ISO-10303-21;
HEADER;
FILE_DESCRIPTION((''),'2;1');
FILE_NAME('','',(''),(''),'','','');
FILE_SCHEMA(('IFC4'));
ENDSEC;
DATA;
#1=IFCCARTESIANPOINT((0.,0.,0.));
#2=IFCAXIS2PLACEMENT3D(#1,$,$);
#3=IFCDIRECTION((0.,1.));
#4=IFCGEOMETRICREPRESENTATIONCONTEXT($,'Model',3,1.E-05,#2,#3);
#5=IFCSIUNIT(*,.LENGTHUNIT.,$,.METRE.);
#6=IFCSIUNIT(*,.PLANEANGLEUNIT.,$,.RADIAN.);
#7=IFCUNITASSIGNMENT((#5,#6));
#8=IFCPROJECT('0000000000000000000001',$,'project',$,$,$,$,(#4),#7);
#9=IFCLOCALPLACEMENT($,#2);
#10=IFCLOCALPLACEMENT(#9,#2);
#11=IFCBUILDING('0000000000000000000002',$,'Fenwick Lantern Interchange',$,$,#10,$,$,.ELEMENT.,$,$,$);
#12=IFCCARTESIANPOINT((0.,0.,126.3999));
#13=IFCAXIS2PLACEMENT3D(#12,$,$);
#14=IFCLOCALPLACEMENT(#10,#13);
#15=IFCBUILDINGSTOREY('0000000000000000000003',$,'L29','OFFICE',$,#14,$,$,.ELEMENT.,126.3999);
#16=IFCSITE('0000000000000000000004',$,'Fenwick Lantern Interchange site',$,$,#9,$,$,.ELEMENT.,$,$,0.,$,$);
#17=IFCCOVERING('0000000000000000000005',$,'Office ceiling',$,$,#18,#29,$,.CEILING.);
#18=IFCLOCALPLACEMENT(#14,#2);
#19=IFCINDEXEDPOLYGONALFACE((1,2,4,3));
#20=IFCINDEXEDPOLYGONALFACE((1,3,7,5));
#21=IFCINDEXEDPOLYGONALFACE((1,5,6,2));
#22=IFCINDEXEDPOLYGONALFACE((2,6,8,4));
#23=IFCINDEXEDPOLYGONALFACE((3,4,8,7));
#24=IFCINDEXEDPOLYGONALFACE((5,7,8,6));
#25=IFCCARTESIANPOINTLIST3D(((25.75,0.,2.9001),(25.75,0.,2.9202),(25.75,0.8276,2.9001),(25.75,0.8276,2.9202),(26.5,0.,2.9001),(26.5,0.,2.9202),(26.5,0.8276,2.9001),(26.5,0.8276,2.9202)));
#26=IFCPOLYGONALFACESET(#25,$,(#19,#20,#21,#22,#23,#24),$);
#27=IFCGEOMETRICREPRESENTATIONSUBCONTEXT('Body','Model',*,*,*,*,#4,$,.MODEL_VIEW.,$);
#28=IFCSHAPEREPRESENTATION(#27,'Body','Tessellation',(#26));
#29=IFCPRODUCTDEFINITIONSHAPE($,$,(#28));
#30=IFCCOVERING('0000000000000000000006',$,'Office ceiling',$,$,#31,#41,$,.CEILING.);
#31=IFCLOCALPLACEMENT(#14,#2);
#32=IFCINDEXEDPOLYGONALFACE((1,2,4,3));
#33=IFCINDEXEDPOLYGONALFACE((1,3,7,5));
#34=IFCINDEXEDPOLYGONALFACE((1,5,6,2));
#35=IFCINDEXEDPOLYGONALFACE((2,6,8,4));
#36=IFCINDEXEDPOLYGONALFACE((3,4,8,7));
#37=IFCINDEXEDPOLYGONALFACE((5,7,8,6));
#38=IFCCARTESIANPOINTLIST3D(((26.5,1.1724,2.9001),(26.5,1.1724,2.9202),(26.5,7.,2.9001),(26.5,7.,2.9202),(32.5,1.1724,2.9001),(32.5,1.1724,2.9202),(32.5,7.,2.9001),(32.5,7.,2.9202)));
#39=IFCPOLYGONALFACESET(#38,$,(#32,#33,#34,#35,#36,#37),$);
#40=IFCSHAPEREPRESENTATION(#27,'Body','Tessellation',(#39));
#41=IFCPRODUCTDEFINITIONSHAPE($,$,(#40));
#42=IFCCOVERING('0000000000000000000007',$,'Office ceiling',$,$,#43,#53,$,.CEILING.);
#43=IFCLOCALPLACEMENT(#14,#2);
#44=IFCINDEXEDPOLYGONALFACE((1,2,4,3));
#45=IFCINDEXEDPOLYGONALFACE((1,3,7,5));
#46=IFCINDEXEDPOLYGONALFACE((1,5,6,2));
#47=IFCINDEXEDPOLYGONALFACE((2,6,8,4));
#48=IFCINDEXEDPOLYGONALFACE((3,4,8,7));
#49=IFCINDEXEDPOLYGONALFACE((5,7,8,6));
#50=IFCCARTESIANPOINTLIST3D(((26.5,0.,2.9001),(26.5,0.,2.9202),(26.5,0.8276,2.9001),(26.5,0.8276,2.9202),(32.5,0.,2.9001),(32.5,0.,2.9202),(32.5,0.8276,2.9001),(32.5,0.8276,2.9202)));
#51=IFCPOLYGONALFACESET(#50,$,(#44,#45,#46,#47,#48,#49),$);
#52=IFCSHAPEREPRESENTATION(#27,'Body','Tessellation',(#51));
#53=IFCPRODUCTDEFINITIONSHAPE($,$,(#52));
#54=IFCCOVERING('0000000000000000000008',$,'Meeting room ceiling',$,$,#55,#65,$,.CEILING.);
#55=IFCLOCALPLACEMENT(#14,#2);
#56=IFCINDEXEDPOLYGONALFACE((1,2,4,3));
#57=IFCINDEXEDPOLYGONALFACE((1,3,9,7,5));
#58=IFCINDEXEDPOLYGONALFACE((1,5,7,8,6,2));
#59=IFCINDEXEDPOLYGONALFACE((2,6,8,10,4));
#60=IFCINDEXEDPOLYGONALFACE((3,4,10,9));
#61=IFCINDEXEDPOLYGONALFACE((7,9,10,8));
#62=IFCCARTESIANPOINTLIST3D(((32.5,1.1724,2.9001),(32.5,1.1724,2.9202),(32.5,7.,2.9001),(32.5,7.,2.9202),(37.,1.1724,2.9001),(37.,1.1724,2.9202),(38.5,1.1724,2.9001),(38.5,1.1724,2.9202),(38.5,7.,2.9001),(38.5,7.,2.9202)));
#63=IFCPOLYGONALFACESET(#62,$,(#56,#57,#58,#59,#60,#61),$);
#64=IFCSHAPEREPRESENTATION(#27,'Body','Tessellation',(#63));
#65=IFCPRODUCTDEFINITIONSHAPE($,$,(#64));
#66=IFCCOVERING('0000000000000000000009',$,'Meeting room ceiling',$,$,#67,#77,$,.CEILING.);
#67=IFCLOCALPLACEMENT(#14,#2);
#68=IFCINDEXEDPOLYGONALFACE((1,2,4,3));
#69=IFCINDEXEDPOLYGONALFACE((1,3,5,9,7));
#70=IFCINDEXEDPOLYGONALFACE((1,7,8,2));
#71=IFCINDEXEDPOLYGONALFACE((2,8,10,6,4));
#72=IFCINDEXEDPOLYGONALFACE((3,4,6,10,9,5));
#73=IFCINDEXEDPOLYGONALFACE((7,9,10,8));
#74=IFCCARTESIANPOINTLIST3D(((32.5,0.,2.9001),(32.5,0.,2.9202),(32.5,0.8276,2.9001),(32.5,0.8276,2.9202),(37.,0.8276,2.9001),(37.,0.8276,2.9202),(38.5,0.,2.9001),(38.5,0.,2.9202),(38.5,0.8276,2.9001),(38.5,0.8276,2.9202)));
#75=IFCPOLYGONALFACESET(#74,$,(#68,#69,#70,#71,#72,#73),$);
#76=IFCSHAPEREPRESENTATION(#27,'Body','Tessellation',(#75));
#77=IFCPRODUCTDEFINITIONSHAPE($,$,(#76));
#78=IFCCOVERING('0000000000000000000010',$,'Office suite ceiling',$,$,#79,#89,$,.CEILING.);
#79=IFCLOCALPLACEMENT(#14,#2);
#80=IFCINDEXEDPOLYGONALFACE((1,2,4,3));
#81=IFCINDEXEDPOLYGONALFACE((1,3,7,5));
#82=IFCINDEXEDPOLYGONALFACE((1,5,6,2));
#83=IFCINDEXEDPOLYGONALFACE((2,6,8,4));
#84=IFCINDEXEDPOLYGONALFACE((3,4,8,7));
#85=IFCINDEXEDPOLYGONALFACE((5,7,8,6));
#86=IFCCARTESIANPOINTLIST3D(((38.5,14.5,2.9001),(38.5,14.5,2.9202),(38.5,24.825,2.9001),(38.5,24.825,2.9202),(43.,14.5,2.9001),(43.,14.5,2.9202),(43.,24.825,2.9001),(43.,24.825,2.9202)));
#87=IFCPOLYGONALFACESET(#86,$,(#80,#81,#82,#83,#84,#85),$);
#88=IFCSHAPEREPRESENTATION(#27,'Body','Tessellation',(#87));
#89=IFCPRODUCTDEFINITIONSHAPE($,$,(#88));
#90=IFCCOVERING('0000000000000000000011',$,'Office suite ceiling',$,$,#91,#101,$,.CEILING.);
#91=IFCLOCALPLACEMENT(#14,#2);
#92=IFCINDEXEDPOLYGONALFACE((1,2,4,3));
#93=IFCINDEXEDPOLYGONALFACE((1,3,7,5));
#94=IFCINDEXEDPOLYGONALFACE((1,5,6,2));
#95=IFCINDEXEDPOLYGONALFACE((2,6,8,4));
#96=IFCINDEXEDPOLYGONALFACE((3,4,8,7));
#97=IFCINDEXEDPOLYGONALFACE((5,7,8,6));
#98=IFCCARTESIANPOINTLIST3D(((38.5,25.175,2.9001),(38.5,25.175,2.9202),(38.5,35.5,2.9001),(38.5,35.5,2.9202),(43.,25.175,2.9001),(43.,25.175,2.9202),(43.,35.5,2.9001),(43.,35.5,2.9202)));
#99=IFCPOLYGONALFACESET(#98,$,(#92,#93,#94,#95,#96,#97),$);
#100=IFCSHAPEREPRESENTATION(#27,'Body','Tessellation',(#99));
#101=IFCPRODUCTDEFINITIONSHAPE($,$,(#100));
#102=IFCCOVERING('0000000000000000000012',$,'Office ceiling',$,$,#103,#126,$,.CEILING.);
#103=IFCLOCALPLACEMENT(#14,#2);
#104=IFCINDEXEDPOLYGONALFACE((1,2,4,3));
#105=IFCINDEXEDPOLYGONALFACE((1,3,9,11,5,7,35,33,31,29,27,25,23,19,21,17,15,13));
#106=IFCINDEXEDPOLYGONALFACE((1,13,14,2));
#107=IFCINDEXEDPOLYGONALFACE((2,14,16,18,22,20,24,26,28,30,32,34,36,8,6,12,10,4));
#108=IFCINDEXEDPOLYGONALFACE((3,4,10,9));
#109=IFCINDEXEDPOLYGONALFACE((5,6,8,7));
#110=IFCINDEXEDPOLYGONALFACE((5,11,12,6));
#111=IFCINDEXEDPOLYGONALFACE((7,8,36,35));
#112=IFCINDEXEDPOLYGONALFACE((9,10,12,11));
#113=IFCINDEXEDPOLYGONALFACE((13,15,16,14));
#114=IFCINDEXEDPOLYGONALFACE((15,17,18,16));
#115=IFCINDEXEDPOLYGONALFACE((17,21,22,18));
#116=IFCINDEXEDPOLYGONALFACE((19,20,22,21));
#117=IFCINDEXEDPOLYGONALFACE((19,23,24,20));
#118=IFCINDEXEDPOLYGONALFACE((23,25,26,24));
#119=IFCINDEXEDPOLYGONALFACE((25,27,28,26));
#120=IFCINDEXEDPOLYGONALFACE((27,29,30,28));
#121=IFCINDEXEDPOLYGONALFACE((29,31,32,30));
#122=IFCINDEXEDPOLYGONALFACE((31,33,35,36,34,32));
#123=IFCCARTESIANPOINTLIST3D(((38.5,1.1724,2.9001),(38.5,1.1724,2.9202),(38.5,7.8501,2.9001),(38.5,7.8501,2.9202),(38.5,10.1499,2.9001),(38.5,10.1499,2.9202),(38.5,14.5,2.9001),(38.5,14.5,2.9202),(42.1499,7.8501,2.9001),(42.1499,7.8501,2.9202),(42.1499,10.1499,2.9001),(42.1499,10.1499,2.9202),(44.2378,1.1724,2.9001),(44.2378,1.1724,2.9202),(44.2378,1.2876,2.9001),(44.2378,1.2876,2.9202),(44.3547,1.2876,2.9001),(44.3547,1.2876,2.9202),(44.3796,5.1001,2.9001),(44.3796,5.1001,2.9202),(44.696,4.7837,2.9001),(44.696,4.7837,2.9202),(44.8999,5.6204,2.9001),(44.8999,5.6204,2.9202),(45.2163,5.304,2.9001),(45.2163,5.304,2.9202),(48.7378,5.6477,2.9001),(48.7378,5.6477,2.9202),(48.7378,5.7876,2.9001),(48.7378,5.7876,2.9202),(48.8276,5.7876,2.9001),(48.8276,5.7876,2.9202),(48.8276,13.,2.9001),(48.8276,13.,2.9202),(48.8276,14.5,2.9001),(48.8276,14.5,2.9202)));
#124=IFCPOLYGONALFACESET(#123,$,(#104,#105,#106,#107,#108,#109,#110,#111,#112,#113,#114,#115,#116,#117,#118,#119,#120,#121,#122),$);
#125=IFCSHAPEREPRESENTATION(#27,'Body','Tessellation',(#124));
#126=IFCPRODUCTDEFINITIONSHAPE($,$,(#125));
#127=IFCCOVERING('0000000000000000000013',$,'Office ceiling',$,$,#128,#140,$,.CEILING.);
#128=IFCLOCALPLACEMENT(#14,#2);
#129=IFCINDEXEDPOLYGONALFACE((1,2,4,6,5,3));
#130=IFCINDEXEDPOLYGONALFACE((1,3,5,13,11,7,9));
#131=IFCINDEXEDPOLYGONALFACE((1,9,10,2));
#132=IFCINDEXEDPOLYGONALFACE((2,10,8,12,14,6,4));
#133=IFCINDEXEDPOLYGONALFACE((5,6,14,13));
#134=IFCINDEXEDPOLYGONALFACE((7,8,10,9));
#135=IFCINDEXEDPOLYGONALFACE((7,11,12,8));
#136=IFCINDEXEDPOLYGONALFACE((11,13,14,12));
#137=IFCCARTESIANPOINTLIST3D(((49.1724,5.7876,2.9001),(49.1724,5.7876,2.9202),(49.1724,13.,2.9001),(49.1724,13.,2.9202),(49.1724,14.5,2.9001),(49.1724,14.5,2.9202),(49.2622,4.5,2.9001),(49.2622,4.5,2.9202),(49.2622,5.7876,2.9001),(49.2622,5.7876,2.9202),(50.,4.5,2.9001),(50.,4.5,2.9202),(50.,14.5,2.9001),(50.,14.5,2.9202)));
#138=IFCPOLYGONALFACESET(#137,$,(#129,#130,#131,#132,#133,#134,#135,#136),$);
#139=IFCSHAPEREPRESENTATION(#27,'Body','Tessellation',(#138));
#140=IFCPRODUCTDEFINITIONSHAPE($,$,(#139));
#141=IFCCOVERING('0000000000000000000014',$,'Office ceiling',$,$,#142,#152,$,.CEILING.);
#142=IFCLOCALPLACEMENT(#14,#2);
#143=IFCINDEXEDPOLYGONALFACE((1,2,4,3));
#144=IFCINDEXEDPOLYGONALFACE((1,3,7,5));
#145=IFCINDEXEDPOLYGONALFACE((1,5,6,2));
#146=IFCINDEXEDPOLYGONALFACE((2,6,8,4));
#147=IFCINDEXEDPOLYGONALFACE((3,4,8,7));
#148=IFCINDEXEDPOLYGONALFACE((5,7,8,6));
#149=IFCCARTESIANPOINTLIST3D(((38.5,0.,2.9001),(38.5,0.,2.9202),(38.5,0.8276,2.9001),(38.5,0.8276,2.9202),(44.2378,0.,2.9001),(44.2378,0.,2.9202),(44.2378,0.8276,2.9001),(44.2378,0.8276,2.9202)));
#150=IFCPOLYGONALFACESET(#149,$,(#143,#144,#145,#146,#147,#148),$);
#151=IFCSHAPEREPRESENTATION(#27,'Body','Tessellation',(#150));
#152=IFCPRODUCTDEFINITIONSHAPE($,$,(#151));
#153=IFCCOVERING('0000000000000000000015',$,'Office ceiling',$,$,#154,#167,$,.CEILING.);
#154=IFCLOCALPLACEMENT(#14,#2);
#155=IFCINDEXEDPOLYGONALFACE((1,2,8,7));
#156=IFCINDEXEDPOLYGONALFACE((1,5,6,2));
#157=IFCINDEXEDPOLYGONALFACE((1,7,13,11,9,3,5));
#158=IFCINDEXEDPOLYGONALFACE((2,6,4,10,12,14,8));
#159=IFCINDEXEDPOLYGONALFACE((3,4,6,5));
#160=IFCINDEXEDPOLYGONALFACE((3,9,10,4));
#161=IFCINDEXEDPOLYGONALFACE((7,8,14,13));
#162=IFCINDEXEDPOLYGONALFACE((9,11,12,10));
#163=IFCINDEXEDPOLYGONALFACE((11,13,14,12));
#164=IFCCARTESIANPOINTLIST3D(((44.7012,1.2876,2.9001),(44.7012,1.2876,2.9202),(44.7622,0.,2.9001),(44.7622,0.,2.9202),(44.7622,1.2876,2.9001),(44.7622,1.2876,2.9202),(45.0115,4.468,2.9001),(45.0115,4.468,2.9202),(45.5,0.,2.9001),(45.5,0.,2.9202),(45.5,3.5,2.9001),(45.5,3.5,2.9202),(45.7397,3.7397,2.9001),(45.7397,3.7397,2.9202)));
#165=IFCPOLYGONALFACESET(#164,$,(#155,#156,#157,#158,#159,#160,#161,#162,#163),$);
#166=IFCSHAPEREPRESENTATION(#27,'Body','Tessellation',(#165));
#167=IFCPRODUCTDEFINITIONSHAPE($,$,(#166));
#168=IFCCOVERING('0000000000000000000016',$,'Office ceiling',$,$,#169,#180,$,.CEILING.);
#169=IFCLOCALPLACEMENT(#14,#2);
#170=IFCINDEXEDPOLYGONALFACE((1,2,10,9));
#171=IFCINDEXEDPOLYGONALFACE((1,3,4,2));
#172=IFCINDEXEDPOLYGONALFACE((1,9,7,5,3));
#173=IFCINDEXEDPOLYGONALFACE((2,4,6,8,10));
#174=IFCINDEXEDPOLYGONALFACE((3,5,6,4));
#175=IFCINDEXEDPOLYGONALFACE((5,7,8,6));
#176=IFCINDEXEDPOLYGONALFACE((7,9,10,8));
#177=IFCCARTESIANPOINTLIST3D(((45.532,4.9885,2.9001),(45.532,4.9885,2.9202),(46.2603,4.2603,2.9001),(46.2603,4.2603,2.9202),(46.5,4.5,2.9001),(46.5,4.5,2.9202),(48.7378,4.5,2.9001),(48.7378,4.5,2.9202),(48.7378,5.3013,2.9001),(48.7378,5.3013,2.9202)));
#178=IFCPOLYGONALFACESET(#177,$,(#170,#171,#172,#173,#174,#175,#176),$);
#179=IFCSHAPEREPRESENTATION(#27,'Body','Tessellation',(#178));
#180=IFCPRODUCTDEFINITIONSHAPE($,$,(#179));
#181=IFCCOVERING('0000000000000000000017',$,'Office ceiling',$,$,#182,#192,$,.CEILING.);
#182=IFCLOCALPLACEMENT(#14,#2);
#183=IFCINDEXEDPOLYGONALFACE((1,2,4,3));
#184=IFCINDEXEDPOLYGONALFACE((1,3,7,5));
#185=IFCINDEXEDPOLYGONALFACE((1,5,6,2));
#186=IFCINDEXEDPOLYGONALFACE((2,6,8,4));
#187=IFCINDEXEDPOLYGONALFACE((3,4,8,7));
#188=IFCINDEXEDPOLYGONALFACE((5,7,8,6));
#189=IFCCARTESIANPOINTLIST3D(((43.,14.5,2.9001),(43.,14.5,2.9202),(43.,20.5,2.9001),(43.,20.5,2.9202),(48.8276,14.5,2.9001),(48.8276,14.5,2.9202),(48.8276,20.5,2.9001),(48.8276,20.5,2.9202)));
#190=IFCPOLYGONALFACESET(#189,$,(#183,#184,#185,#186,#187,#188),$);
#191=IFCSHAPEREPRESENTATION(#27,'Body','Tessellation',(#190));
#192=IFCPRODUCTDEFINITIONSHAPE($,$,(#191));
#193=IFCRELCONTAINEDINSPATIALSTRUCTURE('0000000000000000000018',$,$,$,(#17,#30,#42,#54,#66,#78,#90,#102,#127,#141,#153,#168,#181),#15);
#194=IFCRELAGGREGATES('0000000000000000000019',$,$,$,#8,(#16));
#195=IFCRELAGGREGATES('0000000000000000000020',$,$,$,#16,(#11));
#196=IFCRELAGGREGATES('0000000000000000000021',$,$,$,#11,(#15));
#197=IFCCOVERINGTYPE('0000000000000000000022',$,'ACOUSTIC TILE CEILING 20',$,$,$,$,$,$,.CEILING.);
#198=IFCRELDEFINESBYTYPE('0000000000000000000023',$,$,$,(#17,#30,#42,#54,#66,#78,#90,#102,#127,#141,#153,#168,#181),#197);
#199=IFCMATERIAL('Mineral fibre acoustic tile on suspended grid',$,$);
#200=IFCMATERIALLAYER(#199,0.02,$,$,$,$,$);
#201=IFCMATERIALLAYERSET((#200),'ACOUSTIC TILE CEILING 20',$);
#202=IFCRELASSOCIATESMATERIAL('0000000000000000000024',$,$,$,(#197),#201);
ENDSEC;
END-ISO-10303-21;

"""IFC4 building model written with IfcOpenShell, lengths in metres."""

from ifc_helpers import new_model, si_unit, direction, frame, origin, place, context, subcontext, project, spatial, polyline, outline, extrude, material, layer, layer_set, type_object, element, save


model = new_model("IFC4")

# Units and contexts
model_context = context("Model", 3, precision=1e-05, world=origin(), true_north=direction((0.0, 1.0)))
body_context = subcontext(model_context, "Body", "Model", "MODEL_VIEW")
ifc_project = project(units=[si_unit("LENGTHUNIT", "METRE"), si_unit("PLANEANGLEUNIT", "RADIAN")], contexts=[model_context])

# Site, building, storey
site_placement = place(None, origin())
site = spatial("IfcSite", under=ifc_project, at=site_placement, Name="Fenwick Lantern Interchange site", CompositionType="ELEMENT", RefElevation=0.0)
building_placement = place(site_placement, origin())
building = spatial("IfcBuilding", under=site, at=building_placement, Name="Fenwick Lantern Interchange", CompositionType="ELEMENT")
storey_placement = place(building_placement, frame((0.0, 0.0, 126.3999)))
storey = spatial("IfcBuildingStorey", under=building, at=storey_placement, Name="L29", Description="OFFICE", CompositionType="ELEMENT", Elevation=126.3999)

# Coverings
ifc_material = material(Name="Mineral fibre acoustic tile on suspended grid")
ifc_layer = layer(ifc_material, 0.02)
ifc_layer_set = layer_set([ifc_layer], Name="ACOUSTIC TILE CEILING 20")
covering_type = type_object("IfcCoveringType", Name="ACOUSTIC TILE CEILING 20", PredefinedType="CEILING", material=ifc_layer_set)
covering_1_placement = place(storey_placement, frame((0.0, 0.0, 2.9001)))
element("IfcCovering", 1, at=covering_1_placement, inside=storey, type_object=covering_type, Name="Office ceiling", PredefinedType="CEILING", context=body_context, shape_type="SweptSolid", body=[
    extrude(outline(polyline([(26.5, 0.0), (26.5, 0.8276), (25.75, 0.8276), (25.75, 0.0), (26.5, 0.0)])), origin(), (0.0, 0.0, 1.0), 0.02),
])
covering_2_placement = place(storey_placement, frame((0.0, 0.0, 2.9001)))
element("IfcCovering", 2, at=covering_2_placement, inside=storey, type_object=covering_type, Name="Office ceiling", PredefinedType="CEILING", context=body_context, shape_type="SweptSolid", body=[
    extrude(outline(polyline([(26.5, 7.0), (26.5, 1.1724), (32.5, 1.1724), (32.5, 7.0), (26.5, 7.0)])), origin(), (0.0, 0.0, 1.0), 0.02),
])
covering_3_placement = place(storey_placement, frame((0.0, 0.0, 2.9001)))
element("IfcCovering", 3, at=covering_3_placement, inside=storey, type_object=covering_type, Name="Office ceiling", PredefinedType="CEILING", context=body_context, shape_type="SweptSolid", body=[
    extrude(outline(polyline([(32.5, 0.0), (32.5, 0.8276), (26.5, 0.8276), (26.5, 0.0), (32.5, 0.0)])), origin(), (0.0, 0.0, 1.0), 0.02),
])
covering_4_placement = place(storey_placement, frame((0.0, 0.0, 2.9001)))
element("IfcCovering", 4, at=covering_4_placement, inside=storey, type_object=covering_type, Name="Meeting room ceiling", PredefinedType="CEILING", context=body_context, shape_type="SweptSolid", body=[
    extrude(outline(polyline([(32.5, 7.0), (32.5, 1.1724), (37.0, 1.1724), (38.5, 1.1724), (38.5, 7.0), (32.5, 7.0)])), origin(), (0.0, 0.0, 1.0), 0.02),
])
covering_5_placement = place(storey_placement, frame((0.0, 0.0, 2.9001)))
element("IfcCovering", 5, at=covering_5_placement, inside=storey, type_object=covering_type, Name="Meeting room ceiling", PredefinedType="CEILING", context=body_context, shape_type="SweptSolid", body=[
    extrude(outline(polyline([(38.5, 0.0), (38.5, 0.8276), (37.0, 0.8276), (32.5, 0.8276), (32.5, 0.0), (38.5, 0.0)])), origin(), (0.0, 0.0, 1.0), 0.02),
])
covering_6_placement = place(storey_placement, frame((0.0, 0.0, 2.9001)))
element("IfcCovering", 6, at=covering_6_placement, inside=storey, type_object=covering_type, Name="Office suite ceiling", PredefinedType="CEILING", context=body_context, shape_type="SweptSolid", body=[
    extrude(outline(polyline([(38.5, 24.825), (38.5, 14.5), (43.0, 14.5), (43.0, 24.825), (38.5, 24.825)])), origin(), (0.0, 0.0, 1.0), 0.02),
])
covering_7_placement = place(storey_placement, frame((0.0, 0.0, 2.9001)))
element("IfcCovering", 7, at=covering_7_placement, inside=storey, type_object=covering_type, Name="Office suite ceiling", PredefinedType="CEILING", context=body_context, shape_type="SweptSolid", body=[
    extrude(outline(polyline([(38.5, 35.5), (38.5, 25.175), (43.0, 25.175), (43.0, 35.5), (38.5, 35.5)])), origin(), (0.0, 0.0, 1.0), 0.02),
])
covering_8_placement = place(storey_placement, frame((0.0, 0.0, 2.9001)))
element("IfcCovering", 8, at=covering_8_placement, inside=storey, type_object=covering_type, Name="Office ceiling", PredefinedType="CEILING", context=body_context, shape_type="SweptSolid", body=[
    extrude(outline(polyline([(44.2378, 1.2876), (44.3547, 1.2876), (44.696, 4.7837), (44.3796, 5.1001), (44.8999, 5.6204), (45.2163, 5.304), (48.7378, 5.6477), (48.7378, 5.7876), (48.8276, 5.7876), (48.8276, 13.0), (48.8276, 14.5), (38.5, 14.5), (38.5, 10.1499), (42.1499, 10.1499), (42.1499, 7.8501), (38.5, 7.8501), (38.5, 1.1724), (44.2378, 1.1724), (44.2378, 1.2876)])), origin(), (0.0, 0.0, 1.0), 0.02),
])
covering_9_placement = place(storey_placement, frame((0.0, 0.0, 2.9001)))
element("IfcCovering", 9, at=covering_9_placement, inside=storey, type_object=covering_type, Name="Office ceiling", PredefinedType="CEILING", context=body_context, shape_type="SweptSolid", body=[
    extrude(outline(polyline([(50.0, 14.5), (49.1724, 14.5), (49.1724, 13.0), (49.1724, 5.7876), (49.2622, 5.7876), (49.2622, 4.5), (50.0, 4.5), (50.0, 14.5)])), origin(), (0.0, 0.0, 1.0), 0.02),
])
covering_10_placement = place(storey_placement, frame((0.0, 0.0, 2.9001)))
element("IfcCovering", 10, at=covering_10_placement, inside=storey, type_object=covering_type, Name="Office ceiling", PredefinedType="CEILING", context=body_context, shape_type="SweptSolid", body=[
    extrude(outline(polyline([(44.2378, 0.0), (44.2378, 0.8276), (38.5, 0.8276), (38.5, 0.0), (44.2378, 0.0)])), origin(), (0.0, 0.0, 1.0), 0.02),
])
covering_11_placement = place(storey_placement, frame((0.0, 0.0, 2.9001)))
element("IfcCovering", 11, at=covering_11_placement, inside=storey, type_object=covering_type, Name="Office ceiling", PredefinedType="CEILING", context=body_context, shape_type="SweptSolid", body=[
    extrude(outline(polyline([(44.7622, 1.2876), (44.7622, 0.0), (45.5, 0.0), (45.5, 3.5), (45.7397, 3.7397), (45.0115, 4.468), (44.7012, 1.2876), (44.7622, 1.2876)])), origin(), (0.0, 0.0, 1.0), 0.02),
])
covering_12_placement = place(storey_placement, frame((0.0, 0.0, 2.9001)))
element("IfcCovering", 12, at=covering_12_placement, inside=storey, type_object=covering_type, Name="Office ceiling", PredefinedType="CEILING", context=body_context, shape_type="SweptSolid", body=[
    extrude(outline(polyline([(48.7378, 4.5), (48.7378, 5.3013), (45.532, 4.9885), (46.2603, 4.2603), (46.5, 4.5), (48.7378, 4.5)])), origin(), (0.0, 0.0, 1.0), 0.02),
])
covering_13_placement = place(storey_placement, frame((0.0, 0.0, 2.9001)))
element("IfcCovering", 13, at=covering_13_placement, inside=storey, type_object=covering_type, Name="Office ceiling", PredefinedType="CEILING", context=body_context, shape_type="SweptSolid", body=[
    extrude(outline(polyline([(43.0, 14.5), (48.8276, 14.5), (48.8276, 20.5), (43.0, 20.5), (43.0, 14.5)])), origin(), (0.0, 0.0, 1.0), 0.02),
])

save(model, "model.ifc")
